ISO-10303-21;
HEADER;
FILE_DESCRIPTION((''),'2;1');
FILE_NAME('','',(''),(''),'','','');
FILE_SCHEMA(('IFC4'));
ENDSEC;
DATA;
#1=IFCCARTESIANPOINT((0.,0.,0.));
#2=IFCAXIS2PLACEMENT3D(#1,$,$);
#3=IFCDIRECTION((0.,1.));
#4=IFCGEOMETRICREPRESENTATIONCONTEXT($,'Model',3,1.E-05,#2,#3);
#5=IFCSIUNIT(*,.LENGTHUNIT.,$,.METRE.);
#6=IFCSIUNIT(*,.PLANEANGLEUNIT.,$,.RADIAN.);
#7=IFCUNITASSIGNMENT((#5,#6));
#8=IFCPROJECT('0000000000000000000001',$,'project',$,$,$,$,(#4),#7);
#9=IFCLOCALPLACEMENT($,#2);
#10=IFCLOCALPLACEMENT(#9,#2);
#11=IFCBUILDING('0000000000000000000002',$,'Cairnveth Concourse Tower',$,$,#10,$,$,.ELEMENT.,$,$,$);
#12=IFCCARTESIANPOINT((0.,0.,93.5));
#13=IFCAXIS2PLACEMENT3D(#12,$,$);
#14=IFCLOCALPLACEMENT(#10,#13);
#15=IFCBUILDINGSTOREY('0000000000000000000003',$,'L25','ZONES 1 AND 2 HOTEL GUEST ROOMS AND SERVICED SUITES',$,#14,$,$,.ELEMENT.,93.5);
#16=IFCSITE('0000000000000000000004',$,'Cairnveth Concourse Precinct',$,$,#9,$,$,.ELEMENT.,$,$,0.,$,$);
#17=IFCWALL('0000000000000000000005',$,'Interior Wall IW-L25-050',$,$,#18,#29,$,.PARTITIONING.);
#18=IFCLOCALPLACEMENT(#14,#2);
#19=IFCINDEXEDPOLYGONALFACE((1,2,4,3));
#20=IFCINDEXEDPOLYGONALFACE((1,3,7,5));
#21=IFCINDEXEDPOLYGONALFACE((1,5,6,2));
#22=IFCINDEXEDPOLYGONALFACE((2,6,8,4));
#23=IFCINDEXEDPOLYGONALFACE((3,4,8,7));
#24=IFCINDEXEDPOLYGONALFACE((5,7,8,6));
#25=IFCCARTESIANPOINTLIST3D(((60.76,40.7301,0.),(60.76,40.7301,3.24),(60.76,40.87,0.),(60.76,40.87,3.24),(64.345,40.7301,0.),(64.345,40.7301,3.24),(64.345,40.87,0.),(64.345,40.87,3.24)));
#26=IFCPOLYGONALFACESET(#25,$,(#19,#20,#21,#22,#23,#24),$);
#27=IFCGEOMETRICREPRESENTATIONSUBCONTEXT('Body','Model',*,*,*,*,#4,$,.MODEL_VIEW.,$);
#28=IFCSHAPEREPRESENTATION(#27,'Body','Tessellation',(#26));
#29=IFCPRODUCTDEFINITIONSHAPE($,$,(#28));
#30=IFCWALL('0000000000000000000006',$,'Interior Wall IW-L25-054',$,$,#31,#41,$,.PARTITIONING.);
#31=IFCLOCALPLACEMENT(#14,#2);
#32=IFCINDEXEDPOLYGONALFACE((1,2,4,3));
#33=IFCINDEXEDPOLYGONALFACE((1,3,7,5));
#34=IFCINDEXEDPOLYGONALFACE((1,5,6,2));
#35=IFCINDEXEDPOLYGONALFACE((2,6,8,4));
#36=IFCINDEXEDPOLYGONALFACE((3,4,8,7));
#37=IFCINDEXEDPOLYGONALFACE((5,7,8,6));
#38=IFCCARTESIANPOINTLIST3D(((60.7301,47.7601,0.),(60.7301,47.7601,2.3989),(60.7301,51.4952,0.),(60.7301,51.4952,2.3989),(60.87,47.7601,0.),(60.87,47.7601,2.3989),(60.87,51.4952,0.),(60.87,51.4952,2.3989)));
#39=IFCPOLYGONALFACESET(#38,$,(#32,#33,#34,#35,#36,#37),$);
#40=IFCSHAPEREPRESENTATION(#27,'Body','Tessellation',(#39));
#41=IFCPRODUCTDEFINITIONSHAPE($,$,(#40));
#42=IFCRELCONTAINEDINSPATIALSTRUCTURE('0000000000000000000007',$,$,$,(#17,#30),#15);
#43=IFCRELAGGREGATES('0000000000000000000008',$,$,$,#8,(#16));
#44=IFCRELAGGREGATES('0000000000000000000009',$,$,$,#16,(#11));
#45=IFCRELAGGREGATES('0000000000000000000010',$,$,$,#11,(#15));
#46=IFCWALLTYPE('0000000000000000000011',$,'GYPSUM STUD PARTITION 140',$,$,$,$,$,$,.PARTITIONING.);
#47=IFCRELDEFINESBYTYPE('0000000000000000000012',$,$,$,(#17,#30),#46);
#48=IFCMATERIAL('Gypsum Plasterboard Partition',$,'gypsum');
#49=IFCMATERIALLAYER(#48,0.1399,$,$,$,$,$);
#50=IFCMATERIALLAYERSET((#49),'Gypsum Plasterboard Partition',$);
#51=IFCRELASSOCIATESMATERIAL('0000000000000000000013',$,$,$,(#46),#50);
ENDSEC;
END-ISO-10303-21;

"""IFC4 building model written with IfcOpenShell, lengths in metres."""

from ifc_helpers import new_model, si_unit, direction, frame, frame_2d, origin, place, context, subcontext, project, spatial, rectangle, extrude, material, layer, layer_set, type_object, element, save


model = new_model("IFC4")

# Units and contexts
model_context = context("Model", 3, precision=1e-05, world=origin(), true_north=direction((0.0, 1.0)))
body_context = subcontext(model_context, "Body", "Model", "MODEL_VIEW")
ifc_project = project(units=[si_unit("LENGTHUNIT", "METRE"), si_unit("PLANEANGLEUNIT", "RADIAN")], contexts=[model_context])

# Site, building, storey
site_placement = place(None, origin())
site = spatial("IfcSite", under=ifc_project, at=site_placement, Name="Cairnveth Concourse Precinct", CompositionType="ELEMENT", RefElevation=0.0)
building_placement = place(site_placement, origin())
building = spatial("IfcBuilding", under=site, at=building_placement, Name="Cairnveth Concourse Tower", CompositionType="ELEMENT")
storey_placement = place(building_placement, frame((0.0, 0.0, 93.5)))
storey = spatial("IfcBuildingStorey", under=building, at=storey_placement, Name="L25", Description="ZONES 1 AND 2 HOTEL GUEST ROOMS AND SERVICED SUITES", CompositionType="ELEMENT", Elevation=93.5)

# Shared definitions
ifc_material_1 = material(Name="Gypsum Plasterboard Partition", Category="gypsum")
ifc_layer_1 = layer(ifc_material_1, 0.1399)
ifc_layer_set_1 = layer_set([ifc_layer_1], Name="Gypsum Plasterboard Partition")
wall_type_1 = type_object("IfcWallType", Name="GYPSUM STUD PARTITION 140", PredefinedType="PARTITIONING", material=ifc_layer_set_1)

# Walls
wall_1_placement = place(storey_placement, frame((60.76, 40.8, 0.0), z_axis=(0.0, 0.0, 1.0), x_axis=(1.0, 0.0, 0.0)))
element("IfcWall", 1, at=wall_1_placement, inside=storey, type_object=wall_type_1, Name="Interior Wall IW-L25-050", PredefinedType="PARTITIONING", context=body_context, shape_type="SweptSolid", body=[
    extrude(rectangle(XDim=3.585, YDim=0.1399, at=frame_2d((1.7925, 0.0))), origin(), (0.0, 0.0, 1.0), 3.24),
])
wall_2_placement = place(storey_placement, frame((60.8, 47.76, 0.0), z_axis=(0.0, 0.0, 1.0), x_axis=(0.0, 1.0, 0.0)))
element("IfcWall", 2, at=wall_2_placement, inside=storey, type_object=wall_type_1, Name="Interior Wall IW-L25-054", PredefinedType="PARTITIONING", context=body_context, shape_type="SweptSolid", body=[
    extrude(rectangle(XDim=3.7351, YDim=0.1399, at=frame_2d((1.8677, 0.0))), origin(), (0.0, 0.0, 1.0), 2.3989),
])

save(model, "model.ifc")
